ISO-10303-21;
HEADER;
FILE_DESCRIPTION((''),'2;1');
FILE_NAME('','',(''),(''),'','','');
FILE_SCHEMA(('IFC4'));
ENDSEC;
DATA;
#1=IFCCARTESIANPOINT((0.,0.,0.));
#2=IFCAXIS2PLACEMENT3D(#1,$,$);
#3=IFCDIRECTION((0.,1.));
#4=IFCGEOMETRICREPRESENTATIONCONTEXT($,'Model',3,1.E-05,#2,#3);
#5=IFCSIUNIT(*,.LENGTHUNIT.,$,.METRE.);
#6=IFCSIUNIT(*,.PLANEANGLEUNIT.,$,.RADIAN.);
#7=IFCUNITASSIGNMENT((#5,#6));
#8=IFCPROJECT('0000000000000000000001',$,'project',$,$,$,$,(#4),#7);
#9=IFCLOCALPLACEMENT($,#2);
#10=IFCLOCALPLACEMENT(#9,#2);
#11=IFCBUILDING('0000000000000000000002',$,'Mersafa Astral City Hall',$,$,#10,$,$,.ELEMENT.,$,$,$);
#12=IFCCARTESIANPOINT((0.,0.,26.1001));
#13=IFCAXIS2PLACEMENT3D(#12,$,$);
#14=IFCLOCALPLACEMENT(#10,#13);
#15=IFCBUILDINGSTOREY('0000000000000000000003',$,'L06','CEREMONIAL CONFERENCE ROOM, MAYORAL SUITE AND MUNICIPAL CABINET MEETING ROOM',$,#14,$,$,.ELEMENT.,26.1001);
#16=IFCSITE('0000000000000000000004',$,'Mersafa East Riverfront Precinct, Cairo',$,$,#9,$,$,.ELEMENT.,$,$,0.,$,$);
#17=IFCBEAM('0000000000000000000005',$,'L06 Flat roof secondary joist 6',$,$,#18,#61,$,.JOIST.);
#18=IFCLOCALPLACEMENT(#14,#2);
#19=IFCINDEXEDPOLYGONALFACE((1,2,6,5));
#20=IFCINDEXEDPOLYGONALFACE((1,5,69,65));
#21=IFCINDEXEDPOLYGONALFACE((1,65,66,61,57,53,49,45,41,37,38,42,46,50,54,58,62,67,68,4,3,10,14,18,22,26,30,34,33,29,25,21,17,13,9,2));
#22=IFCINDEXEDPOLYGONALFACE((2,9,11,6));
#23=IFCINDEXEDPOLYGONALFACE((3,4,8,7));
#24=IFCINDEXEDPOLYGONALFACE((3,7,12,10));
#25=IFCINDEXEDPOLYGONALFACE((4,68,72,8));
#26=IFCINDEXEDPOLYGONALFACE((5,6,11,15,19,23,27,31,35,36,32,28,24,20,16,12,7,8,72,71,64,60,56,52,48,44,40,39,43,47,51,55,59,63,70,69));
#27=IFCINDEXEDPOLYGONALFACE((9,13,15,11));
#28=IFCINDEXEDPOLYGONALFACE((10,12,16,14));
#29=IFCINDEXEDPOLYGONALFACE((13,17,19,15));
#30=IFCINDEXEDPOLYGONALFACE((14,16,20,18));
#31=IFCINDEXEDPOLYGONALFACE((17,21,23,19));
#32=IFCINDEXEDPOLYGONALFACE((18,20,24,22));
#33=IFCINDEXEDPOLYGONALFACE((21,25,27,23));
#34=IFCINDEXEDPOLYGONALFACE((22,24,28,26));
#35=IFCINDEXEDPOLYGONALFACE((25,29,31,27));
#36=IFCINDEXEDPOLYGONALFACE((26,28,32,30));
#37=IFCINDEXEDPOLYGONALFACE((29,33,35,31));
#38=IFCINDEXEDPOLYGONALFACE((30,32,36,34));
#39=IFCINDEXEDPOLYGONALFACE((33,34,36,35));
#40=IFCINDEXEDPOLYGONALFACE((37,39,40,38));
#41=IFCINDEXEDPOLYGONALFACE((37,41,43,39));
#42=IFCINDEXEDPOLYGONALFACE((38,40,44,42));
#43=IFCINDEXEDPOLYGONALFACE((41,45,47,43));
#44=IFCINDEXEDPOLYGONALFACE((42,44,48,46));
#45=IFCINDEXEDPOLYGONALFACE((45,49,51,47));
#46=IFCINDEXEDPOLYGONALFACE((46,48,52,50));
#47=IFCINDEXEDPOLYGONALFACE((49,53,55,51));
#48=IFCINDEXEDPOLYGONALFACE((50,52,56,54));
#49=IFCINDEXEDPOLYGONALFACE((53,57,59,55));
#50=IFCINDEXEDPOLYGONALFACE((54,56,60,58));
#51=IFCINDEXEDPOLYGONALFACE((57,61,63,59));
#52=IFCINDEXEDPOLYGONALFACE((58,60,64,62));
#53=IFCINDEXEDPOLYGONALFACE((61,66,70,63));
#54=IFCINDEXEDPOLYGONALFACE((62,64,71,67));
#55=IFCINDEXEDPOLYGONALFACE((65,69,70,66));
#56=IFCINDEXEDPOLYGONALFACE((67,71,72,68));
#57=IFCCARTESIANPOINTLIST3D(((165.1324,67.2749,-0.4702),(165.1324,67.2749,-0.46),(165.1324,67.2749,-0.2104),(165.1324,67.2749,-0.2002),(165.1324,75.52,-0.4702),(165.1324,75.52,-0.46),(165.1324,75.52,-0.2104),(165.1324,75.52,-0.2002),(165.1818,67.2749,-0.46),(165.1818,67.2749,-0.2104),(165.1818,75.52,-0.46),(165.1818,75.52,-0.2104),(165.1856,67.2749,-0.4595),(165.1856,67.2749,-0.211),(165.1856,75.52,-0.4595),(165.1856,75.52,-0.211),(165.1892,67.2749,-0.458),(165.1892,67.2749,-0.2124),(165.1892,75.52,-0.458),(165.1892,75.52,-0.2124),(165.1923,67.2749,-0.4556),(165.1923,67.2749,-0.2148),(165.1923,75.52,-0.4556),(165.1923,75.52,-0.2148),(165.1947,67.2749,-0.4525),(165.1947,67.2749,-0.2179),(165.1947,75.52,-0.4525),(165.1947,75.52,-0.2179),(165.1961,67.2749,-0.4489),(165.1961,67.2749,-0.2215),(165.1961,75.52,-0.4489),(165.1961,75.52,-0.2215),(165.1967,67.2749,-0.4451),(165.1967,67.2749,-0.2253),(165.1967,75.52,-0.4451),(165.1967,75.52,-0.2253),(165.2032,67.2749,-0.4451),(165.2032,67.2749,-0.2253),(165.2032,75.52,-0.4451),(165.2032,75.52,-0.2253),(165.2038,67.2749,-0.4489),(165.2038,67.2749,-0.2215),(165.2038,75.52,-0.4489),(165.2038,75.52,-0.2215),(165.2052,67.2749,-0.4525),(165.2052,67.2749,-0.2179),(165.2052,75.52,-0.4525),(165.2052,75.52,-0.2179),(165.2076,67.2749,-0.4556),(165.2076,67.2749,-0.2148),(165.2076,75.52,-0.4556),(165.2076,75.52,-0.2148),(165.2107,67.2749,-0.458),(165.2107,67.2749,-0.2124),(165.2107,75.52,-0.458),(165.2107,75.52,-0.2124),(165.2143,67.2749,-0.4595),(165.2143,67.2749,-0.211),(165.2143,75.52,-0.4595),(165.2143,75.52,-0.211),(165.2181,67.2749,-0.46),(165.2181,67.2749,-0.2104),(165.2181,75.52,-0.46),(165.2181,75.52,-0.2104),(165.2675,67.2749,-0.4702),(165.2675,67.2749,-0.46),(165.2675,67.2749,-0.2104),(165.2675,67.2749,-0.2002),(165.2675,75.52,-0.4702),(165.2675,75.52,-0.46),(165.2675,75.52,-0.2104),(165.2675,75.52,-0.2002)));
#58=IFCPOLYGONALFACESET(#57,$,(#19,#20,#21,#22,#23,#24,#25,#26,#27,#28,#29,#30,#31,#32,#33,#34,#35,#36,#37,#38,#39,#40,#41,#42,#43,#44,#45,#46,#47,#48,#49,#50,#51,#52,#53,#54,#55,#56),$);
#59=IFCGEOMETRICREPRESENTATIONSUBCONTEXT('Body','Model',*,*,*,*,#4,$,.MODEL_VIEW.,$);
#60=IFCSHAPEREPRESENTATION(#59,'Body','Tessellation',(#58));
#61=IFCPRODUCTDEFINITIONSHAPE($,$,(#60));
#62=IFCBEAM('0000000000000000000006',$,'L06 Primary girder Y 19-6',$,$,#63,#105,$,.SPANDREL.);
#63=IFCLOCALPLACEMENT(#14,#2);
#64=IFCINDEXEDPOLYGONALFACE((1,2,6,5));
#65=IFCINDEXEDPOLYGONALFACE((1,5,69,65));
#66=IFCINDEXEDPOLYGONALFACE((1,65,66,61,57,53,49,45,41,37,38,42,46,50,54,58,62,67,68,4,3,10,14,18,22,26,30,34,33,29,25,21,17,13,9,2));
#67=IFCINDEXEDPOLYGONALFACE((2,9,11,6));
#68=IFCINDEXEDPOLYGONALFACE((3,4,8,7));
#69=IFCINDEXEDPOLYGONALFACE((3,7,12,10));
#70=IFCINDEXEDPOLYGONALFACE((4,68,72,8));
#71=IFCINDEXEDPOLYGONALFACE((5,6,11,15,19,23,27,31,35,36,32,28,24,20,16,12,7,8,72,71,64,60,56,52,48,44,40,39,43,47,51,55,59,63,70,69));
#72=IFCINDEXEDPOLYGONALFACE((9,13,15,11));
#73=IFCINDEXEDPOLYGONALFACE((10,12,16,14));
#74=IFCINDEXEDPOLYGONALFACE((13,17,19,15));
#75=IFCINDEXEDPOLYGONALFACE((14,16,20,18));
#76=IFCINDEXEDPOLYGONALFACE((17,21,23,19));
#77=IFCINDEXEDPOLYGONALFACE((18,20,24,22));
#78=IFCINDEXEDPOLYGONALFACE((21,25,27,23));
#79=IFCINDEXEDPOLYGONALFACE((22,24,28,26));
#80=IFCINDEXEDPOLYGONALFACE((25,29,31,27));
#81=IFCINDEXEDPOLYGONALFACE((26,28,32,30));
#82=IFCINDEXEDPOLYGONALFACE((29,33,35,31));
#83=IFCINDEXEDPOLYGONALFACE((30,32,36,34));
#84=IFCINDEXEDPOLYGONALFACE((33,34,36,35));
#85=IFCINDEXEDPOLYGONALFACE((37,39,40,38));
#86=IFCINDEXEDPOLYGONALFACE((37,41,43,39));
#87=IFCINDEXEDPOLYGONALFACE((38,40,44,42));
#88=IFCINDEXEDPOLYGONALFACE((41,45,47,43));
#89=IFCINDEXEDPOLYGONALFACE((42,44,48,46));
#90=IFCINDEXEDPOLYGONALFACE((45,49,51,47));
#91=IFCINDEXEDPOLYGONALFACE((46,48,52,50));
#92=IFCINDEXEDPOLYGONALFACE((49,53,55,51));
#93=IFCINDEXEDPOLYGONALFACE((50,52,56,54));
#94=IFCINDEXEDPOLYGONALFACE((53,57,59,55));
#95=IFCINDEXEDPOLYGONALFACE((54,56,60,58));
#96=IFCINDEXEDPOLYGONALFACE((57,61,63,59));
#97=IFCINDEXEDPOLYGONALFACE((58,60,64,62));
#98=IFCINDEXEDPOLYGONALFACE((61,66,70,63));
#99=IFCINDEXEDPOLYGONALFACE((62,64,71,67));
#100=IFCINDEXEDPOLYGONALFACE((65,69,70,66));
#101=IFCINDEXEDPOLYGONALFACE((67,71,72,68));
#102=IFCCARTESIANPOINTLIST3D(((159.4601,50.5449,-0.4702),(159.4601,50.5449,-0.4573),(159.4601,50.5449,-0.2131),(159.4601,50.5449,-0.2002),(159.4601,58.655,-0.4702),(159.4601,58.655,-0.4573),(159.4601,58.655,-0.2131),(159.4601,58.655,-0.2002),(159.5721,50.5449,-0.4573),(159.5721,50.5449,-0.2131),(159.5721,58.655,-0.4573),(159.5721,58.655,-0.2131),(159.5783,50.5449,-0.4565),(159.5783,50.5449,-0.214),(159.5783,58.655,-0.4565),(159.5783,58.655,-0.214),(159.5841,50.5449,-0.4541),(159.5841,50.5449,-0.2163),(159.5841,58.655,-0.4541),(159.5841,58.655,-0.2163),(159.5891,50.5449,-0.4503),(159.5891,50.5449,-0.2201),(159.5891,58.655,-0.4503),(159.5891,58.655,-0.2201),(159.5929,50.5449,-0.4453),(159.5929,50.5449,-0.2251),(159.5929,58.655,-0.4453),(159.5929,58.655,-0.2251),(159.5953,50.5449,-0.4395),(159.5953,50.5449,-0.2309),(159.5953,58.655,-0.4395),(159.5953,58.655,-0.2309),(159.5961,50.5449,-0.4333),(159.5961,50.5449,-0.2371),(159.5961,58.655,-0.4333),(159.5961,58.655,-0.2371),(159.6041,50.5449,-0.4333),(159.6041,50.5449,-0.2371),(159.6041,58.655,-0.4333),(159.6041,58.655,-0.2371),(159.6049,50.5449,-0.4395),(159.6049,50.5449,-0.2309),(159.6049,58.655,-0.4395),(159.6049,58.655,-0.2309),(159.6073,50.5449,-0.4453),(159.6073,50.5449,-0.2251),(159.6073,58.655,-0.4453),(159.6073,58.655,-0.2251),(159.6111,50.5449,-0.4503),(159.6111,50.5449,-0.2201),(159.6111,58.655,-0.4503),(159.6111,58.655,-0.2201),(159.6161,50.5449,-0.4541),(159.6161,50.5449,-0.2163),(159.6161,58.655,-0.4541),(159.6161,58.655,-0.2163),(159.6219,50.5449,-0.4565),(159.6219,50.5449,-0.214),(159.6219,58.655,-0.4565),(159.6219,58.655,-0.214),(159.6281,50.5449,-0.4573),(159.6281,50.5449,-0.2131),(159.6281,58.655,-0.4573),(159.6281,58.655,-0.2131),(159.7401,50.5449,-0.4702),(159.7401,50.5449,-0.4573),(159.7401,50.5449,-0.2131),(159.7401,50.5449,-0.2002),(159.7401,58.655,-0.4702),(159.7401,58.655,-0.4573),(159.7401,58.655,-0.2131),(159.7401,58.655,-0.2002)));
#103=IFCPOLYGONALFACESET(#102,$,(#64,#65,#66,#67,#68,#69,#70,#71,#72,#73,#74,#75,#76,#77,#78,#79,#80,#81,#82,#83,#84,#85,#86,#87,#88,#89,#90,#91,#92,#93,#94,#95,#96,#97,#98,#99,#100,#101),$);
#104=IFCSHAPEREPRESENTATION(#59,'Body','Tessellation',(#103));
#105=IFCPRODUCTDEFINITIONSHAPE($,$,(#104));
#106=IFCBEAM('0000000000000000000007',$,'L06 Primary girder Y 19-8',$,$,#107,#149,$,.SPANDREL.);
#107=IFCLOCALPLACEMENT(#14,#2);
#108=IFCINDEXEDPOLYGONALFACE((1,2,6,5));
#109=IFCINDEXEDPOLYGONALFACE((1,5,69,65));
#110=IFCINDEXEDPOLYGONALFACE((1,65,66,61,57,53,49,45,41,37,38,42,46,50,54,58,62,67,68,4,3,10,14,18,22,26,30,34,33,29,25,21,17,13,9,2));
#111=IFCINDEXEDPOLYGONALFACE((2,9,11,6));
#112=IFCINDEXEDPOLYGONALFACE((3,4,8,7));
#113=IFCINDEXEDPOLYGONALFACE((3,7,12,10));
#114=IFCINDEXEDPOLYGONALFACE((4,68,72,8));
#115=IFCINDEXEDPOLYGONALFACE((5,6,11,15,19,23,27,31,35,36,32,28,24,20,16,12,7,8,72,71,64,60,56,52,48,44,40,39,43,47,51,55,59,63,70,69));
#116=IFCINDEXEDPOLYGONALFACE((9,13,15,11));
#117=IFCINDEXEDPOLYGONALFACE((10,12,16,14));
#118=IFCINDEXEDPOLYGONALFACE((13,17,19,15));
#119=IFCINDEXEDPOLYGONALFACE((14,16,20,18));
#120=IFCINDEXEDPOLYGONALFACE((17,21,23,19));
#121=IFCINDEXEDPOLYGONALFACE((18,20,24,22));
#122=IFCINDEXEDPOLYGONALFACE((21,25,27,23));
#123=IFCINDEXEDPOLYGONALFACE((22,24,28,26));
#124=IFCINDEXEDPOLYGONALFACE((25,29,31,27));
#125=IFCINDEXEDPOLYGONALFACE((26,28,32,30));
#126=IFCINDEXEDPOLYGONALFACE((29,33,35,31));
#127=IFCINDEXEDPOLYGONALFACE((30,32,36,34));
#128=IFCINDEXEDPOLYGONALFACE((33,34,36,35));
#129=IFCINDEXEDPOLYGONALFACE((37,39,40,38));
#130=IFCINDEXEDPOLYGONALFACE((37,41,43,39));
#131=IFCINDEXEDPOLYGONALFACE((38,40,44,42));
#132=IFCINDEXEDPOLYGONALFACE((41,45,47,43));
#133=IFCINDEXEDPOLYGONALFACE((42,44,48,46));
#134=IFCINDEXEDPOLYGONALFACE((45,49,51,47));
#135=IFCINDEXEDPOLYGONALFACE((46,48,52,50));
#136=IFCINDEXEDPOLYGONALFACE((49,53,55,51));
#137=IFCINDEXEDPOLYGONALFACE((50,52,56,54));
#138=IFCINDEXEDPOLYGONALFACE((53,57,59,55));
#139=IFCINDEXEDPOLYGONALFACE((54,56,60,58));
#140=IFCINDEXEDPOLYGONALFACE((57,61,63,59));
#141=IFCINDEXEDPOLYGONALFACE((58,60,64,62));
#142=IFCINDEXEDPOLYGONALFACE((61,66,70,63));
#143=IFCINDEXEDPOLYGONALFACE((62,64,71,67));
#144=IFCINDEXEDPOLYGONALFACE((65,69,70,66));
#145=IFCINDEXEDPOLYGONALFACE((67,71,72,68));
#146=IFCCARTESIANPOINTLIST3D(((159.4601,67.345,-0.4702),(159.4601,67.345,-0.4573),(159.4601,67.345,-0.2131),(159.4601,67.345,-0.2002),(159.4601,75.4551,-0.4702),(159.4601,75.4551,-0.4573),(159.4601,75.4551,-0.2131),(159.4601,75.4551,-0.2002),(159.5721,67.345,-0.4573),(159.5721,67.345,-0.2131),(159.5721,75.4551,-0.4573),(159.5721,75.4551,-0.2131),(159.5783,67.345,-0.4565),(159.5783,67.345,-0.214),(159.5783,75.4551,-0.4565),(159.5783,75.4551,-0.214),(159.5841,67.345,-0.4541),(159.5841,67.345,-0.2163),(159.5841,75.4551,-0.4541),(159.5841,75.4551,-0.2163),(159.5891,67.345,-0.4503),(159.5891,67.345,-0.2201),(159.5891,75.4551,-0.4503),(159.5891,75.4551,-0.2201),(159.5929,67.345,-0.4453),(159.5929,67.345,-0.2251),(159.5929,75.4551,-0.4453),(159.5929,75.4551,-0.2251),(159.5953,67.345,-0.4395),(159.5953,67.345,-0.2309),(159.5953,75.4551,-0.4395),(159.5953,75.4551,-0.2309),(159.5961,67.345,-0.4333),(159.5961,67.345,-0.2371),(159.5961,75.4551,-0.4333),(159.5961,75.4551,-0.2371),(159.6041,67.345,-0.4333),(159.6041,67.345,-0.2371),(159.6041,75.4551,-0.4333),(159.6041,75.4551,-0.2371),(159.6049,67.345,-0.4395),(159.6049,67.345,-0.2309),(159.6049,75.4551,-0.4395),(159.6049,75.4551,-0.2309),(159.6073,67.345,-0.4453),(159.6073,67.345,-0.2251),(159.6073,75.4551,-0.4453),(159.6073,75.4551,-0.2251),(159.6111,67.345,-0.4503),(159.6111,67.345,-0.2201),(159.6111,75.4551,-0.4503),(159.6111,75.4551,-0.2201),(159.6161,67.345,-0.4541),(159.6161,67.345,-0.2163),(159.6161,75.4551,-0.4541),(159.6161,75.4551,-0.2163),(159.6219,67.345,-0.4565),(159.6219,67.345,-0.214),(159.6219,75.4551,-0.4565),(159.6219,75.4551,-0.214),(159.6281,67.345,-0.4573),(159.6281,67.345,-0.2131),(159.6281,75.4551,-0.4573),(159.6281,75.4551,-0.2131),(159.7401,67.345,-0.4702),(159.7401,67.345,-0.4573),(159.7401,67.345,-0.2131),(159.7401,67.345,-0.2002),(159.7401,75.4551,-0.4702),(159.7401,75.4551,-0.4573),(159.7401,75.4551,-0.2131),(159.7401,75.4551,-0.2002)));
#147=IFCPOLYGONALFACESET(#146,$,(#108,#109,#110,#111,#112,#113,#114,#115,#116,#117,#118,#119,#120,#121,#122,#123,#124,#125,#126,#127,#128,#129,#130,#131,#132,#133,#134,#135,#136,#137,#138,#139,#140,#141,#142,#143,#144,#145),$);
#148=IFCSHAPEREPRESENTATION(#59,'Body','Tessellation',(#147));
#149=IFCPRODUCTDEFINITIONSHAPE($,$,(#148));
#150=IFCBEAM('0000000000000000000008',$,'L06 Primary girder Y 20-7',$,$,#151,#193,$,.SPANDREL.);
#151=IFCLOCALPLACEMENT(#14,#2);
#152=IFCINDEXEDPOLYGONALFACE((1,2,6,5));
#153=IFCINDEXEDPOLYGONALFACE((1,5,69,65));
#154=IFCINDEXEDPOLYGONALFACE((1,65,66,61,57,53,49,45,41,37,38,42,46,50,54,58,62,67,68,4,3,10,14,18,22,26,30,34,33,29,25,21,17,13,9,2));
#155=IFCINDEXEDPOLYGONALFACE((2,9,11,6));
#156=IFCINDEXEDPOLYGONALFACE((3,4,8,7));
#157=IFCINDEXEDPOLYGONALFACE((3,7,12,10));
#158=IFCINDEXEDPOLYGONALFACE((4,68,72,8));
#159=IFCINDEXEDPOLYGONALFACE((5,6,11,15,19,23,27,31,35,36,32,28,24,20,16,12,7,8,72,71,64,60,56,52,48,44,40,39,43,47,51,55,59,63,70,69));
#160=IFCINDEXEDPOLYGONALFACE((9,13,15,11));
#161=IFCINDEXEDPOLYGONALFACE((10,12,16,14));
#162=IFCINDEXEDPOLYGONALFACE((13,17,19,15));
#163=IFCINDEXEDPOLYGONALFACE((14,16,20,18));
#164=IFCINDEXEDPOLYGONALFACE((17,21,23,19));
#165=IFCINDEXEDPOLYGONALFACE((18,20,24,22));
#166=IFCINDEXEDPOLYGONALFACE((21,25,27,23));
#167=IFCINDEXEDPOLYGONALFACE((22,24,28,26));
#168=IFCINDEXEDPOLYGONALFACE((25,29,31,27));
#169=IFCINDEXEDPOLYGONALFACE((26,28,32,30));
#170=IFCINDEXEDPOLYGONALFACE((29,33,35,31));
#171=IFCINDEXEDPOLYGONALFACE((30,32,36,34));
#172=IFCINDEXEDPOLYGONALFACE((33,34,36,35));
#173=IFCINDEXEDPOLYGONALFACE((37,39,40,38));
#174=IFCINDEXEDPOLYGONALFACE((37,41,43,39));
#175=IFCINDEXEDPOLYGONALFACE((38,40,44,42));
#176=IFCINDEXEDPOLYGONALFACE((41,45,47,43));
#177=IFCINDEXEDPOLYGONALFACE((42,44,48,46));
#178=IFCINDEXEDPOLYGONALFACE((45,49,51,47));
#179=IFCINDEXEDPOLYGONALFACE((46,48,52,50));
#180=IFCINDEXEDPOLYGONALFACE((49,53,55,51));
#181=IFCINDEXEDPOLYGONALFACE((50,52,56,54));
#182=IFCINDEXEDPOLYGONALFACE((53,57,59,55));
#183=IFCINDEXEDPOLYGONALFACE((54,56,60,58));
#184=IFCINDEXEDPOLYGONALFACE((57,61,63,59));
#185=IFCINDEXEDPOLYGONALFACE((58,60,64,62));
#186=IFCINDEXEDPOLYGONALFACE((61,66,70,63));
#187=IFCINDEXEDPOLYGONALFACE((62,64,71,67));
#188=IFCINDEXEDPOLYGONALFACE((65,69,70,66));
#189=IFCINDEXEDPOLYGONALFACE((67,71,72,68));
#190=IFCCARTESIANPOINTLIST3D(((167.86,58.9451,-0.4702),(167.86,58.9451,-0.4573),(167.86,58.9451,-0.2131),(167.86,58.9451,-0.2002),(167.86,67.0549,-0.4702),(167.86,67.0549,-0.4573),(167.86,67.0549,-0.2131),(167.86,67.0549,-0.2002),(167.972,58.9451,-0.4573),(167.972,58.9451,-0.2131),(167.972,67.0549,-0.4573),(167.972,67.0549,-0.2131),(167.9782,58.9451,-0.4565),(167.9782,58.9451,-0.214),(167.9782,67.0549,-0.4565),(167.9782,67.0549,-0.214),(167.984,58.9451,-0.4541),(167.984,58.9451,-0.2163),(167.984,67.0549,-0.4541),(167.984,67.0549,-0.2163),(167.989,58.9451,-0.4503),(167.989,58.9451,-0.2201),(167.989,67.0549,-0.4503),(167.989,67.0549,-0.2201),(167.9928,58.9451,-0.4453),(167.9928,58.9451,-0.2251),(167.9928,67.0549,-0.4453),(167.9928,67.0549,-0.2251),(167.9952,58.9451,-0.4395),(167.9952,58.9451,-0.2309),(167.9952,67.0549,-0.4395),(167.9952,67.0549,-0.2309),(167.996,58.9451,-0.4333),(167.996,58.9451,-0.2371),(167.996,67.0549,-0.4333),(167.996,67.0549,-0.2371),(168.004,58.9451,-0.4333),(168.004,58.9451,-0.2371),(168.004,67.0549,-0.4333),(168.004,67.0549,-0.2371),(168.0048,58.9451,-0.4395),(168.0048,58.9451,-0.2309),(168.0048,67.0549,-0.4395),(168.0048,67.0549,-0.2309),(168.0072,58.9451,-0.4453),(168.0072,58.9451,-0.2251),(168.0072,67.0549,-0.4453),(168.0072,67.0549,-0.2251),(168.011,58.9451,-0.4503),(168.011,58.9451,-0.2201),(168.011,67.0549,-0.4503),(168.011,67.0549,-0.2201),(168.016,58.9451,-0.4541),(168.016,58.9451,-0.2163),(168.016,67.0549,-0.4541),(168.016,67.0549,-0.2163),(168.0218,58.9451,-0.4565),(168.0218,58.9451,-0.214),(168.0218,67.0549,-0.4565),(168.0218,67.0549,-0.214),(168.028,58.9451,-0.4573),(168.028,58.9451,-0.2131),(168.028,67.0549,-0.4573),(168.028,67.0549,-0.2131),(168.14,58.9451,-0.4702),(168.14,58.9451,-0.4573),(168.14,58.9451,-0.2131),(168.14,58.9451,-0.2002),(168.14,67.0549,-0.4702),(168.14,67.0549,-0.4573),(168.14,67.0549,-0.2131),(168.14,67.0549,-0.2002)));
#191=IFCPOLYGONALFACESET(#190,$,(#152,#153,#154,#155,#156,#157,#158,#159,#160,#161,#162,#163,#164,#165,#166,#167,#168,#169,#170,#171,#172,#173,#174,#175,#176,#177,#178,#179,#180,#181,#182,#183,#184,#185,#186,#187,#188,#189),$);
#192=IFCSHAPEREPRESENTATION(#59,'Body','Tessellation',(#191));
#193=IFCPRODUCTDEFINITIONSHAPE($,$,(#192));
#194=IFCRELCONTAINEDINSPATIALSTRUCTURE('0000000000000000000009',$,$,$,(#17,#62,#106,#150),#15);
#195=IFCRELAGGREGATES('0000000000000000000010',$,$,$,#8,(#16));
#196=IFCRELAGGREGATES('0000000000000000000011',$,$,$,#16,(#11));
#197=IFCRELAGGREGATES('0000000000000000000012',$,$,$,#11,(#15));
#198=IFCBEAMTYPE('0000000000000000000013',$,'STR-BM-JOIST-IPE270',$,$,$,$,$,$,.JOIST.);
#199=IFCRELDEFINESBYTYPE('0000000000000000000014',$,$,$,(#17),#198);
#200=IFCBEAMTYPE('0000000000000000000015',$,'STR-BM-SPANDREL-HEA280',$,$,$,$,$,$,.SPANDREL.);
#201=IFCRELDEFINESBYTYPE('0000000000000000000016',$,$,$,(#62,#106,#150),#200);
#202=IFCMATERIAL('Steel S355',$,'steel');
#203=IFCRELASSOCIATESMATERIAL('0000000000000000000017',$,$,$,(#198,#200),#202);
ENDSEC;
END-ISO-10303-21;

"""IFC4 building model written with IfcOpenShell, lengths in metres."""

from ifc_helpers import new_model, si_unit, direction, frame, origin, origin_2d, place, context, subcontext, project, spatial, i_section, extrude, material, material_profile, profile_set, type_object, element, save


model = new_model("IFC4")

# Units and contexts
model_context = context("Model", 3, precision=1e-05, world=origin(), true_north=direction((0.0, 1.0)))
body_context = subcontext(model_context, "Body", "Model", "MODEL_VIEW")
ifc_project = project(units=[si_unit("LENGTHUNIT", "METRE"), si_unit("PLANEANGLEUNIT", "RADIAN")], contexts=[model_context])

# Site, building, storey
site_placement = place(None, origin())
site = spatial("IfcSite", under=ifc_project, at=site_placement, Name="Mersafa East Riverfront Precinct, Cairo", CompositionType="ELEMENT", RefElevation=0.0)
building_placement = place(site_placement, origin())
building = spatial("IfcBuilding", under=site, at=building_placement, Name="Mersafa Astral City Hall", CompositionType="ELEMENT")
storey_placement = place(building_placement, frame((0.0, 0.0, 26.1001)))
storey = spatial("IfcBuildingStorey", under=building, at=storey_placement, Name="L06", Description="CEREMONIAL CONFERENCE ROOM, MAYORAL SUITE AND MUNICIPAL CABINET MEETING ROOM", CompositionType="ELEMENT", Elevation=26.1001)

# Beams
ifc_material_1 = material(Name="Steel S355", Category="steel")
ifc_material_profile_1 = material_profile(ifc_material_1, i_section(OverallWidth=0.135, OverallDepth=0.27, WebThickness=0.0066, FlangeThickness=0.0103, FilletRadius=0.0149, at=origin_2d()), Name="IPE 270")
ifc_profile_set_1 = profile_set([ifc_material_profile_1], Name="Steel S355")
beam_type_1 = type_object("IfcBeamType", Name="STR-BM-JOIST-IPE270", PredefinedType="JOIST", material=ifc_profile_set_1)
for number, where, z_axis, x_axis, name in (
    (1, (165.2, 67.2749, -0.3352), (0.0, 1.0, 0.0), (-1.0, 0.0, 0.0), "L06 Flat roof secondary joist 6"),
):
    element("IfcBeam", number, at=place(storey_placement, frame(where, z_axis=z_axis, x_axis=x_axis)), inside=storey, type_object=beam_type_1, Name=name, PredefinedType="JOIST", context=body_context, shape_type="SweptSolid", body=[
        extrude(i_section(OverallWidth=0.135, OverallDepth=0.27, WebThickness=0.0066, FlangeThickness=0.0103, FilletRadius=0.0149, at=origin_2d()), origin(), (0.0, 0.0, 1.0), 8.2451),
    ])
ifc_material_profile_2 = material_profile(ifc_material_1, i_section(OverallWidth=0.28, OverallDepth=0.27, WebThickness=0.0081, FlangeThickness=0.0129, FilletRadius=0.0239, at=origin_2d()), Name="HEA 280")
ifc_profile_set_2 = profile_set([ifc_material_profile_2], Name="Steel S355")
beam_type_2 = type_object("IfcBeamType", Name="STR-BM-SPANDREL-HEA280", PredefinedType="SPANDREL", material=ifc_profile_set_2)
for number, where, z_axis, x_axis, name in (
    (2, (159.6001, 50.5449, -0.3352), (0.0, 1.0, 0.0), (-1.0, 0.0, 0.0), "L06 Primary girder Y 19-6"),
    (3, (159.6001, 67.345, -0.3352), (0.0, 1.0, 0.0), (-1.0, 0.0, 0.0), "L06 Primary girder Y 19-8"),
):
    element("IfcBeam", number, at=place(storey_placement, frame(where, z_axis=z_axis, x_axis=x_axis)), inside=storey, type_object=beam_type_2, Name=name, PredefinedType="SPANDREL", context=body_context, shape_type="SweptSolid", body=[
        extrude(i_section(OverallWidth=0.28, OverallDepth=0.27, WebThickness=0.0081, FlangeThickness=0.0129, FilletRadius=0.0239, at=origin_2d()), origin(), (0.0, 0.0, 1.0), 8.1101),
    ])
beam_1_placement = place(storey_placement, frame((168.0, 58.9451, -0.3352), z_axis=(0.0, 1.0, 0.0), x_axis=(-1.0, 0.0, 0.0)))
element("IfcBeam", 4, at=beam_1_placement, inside=storey, type_object=beam_type_2, Name="L06 Primary girder Y 20-7", PredefinedType="SPANDREL", context=body_context, shape_type="SweptSolid", body=[
    extrude(i_section(OverallWidth=0.28, OverallDepth=0.27, WebThickness=0.0081, FlangeThickness=0.0129, FilletRadius=0.0239, at=origin_2d()), origin(), (0.0, 0.0, 1.0), 8.1099),
])

save(model, "model.ifc")
